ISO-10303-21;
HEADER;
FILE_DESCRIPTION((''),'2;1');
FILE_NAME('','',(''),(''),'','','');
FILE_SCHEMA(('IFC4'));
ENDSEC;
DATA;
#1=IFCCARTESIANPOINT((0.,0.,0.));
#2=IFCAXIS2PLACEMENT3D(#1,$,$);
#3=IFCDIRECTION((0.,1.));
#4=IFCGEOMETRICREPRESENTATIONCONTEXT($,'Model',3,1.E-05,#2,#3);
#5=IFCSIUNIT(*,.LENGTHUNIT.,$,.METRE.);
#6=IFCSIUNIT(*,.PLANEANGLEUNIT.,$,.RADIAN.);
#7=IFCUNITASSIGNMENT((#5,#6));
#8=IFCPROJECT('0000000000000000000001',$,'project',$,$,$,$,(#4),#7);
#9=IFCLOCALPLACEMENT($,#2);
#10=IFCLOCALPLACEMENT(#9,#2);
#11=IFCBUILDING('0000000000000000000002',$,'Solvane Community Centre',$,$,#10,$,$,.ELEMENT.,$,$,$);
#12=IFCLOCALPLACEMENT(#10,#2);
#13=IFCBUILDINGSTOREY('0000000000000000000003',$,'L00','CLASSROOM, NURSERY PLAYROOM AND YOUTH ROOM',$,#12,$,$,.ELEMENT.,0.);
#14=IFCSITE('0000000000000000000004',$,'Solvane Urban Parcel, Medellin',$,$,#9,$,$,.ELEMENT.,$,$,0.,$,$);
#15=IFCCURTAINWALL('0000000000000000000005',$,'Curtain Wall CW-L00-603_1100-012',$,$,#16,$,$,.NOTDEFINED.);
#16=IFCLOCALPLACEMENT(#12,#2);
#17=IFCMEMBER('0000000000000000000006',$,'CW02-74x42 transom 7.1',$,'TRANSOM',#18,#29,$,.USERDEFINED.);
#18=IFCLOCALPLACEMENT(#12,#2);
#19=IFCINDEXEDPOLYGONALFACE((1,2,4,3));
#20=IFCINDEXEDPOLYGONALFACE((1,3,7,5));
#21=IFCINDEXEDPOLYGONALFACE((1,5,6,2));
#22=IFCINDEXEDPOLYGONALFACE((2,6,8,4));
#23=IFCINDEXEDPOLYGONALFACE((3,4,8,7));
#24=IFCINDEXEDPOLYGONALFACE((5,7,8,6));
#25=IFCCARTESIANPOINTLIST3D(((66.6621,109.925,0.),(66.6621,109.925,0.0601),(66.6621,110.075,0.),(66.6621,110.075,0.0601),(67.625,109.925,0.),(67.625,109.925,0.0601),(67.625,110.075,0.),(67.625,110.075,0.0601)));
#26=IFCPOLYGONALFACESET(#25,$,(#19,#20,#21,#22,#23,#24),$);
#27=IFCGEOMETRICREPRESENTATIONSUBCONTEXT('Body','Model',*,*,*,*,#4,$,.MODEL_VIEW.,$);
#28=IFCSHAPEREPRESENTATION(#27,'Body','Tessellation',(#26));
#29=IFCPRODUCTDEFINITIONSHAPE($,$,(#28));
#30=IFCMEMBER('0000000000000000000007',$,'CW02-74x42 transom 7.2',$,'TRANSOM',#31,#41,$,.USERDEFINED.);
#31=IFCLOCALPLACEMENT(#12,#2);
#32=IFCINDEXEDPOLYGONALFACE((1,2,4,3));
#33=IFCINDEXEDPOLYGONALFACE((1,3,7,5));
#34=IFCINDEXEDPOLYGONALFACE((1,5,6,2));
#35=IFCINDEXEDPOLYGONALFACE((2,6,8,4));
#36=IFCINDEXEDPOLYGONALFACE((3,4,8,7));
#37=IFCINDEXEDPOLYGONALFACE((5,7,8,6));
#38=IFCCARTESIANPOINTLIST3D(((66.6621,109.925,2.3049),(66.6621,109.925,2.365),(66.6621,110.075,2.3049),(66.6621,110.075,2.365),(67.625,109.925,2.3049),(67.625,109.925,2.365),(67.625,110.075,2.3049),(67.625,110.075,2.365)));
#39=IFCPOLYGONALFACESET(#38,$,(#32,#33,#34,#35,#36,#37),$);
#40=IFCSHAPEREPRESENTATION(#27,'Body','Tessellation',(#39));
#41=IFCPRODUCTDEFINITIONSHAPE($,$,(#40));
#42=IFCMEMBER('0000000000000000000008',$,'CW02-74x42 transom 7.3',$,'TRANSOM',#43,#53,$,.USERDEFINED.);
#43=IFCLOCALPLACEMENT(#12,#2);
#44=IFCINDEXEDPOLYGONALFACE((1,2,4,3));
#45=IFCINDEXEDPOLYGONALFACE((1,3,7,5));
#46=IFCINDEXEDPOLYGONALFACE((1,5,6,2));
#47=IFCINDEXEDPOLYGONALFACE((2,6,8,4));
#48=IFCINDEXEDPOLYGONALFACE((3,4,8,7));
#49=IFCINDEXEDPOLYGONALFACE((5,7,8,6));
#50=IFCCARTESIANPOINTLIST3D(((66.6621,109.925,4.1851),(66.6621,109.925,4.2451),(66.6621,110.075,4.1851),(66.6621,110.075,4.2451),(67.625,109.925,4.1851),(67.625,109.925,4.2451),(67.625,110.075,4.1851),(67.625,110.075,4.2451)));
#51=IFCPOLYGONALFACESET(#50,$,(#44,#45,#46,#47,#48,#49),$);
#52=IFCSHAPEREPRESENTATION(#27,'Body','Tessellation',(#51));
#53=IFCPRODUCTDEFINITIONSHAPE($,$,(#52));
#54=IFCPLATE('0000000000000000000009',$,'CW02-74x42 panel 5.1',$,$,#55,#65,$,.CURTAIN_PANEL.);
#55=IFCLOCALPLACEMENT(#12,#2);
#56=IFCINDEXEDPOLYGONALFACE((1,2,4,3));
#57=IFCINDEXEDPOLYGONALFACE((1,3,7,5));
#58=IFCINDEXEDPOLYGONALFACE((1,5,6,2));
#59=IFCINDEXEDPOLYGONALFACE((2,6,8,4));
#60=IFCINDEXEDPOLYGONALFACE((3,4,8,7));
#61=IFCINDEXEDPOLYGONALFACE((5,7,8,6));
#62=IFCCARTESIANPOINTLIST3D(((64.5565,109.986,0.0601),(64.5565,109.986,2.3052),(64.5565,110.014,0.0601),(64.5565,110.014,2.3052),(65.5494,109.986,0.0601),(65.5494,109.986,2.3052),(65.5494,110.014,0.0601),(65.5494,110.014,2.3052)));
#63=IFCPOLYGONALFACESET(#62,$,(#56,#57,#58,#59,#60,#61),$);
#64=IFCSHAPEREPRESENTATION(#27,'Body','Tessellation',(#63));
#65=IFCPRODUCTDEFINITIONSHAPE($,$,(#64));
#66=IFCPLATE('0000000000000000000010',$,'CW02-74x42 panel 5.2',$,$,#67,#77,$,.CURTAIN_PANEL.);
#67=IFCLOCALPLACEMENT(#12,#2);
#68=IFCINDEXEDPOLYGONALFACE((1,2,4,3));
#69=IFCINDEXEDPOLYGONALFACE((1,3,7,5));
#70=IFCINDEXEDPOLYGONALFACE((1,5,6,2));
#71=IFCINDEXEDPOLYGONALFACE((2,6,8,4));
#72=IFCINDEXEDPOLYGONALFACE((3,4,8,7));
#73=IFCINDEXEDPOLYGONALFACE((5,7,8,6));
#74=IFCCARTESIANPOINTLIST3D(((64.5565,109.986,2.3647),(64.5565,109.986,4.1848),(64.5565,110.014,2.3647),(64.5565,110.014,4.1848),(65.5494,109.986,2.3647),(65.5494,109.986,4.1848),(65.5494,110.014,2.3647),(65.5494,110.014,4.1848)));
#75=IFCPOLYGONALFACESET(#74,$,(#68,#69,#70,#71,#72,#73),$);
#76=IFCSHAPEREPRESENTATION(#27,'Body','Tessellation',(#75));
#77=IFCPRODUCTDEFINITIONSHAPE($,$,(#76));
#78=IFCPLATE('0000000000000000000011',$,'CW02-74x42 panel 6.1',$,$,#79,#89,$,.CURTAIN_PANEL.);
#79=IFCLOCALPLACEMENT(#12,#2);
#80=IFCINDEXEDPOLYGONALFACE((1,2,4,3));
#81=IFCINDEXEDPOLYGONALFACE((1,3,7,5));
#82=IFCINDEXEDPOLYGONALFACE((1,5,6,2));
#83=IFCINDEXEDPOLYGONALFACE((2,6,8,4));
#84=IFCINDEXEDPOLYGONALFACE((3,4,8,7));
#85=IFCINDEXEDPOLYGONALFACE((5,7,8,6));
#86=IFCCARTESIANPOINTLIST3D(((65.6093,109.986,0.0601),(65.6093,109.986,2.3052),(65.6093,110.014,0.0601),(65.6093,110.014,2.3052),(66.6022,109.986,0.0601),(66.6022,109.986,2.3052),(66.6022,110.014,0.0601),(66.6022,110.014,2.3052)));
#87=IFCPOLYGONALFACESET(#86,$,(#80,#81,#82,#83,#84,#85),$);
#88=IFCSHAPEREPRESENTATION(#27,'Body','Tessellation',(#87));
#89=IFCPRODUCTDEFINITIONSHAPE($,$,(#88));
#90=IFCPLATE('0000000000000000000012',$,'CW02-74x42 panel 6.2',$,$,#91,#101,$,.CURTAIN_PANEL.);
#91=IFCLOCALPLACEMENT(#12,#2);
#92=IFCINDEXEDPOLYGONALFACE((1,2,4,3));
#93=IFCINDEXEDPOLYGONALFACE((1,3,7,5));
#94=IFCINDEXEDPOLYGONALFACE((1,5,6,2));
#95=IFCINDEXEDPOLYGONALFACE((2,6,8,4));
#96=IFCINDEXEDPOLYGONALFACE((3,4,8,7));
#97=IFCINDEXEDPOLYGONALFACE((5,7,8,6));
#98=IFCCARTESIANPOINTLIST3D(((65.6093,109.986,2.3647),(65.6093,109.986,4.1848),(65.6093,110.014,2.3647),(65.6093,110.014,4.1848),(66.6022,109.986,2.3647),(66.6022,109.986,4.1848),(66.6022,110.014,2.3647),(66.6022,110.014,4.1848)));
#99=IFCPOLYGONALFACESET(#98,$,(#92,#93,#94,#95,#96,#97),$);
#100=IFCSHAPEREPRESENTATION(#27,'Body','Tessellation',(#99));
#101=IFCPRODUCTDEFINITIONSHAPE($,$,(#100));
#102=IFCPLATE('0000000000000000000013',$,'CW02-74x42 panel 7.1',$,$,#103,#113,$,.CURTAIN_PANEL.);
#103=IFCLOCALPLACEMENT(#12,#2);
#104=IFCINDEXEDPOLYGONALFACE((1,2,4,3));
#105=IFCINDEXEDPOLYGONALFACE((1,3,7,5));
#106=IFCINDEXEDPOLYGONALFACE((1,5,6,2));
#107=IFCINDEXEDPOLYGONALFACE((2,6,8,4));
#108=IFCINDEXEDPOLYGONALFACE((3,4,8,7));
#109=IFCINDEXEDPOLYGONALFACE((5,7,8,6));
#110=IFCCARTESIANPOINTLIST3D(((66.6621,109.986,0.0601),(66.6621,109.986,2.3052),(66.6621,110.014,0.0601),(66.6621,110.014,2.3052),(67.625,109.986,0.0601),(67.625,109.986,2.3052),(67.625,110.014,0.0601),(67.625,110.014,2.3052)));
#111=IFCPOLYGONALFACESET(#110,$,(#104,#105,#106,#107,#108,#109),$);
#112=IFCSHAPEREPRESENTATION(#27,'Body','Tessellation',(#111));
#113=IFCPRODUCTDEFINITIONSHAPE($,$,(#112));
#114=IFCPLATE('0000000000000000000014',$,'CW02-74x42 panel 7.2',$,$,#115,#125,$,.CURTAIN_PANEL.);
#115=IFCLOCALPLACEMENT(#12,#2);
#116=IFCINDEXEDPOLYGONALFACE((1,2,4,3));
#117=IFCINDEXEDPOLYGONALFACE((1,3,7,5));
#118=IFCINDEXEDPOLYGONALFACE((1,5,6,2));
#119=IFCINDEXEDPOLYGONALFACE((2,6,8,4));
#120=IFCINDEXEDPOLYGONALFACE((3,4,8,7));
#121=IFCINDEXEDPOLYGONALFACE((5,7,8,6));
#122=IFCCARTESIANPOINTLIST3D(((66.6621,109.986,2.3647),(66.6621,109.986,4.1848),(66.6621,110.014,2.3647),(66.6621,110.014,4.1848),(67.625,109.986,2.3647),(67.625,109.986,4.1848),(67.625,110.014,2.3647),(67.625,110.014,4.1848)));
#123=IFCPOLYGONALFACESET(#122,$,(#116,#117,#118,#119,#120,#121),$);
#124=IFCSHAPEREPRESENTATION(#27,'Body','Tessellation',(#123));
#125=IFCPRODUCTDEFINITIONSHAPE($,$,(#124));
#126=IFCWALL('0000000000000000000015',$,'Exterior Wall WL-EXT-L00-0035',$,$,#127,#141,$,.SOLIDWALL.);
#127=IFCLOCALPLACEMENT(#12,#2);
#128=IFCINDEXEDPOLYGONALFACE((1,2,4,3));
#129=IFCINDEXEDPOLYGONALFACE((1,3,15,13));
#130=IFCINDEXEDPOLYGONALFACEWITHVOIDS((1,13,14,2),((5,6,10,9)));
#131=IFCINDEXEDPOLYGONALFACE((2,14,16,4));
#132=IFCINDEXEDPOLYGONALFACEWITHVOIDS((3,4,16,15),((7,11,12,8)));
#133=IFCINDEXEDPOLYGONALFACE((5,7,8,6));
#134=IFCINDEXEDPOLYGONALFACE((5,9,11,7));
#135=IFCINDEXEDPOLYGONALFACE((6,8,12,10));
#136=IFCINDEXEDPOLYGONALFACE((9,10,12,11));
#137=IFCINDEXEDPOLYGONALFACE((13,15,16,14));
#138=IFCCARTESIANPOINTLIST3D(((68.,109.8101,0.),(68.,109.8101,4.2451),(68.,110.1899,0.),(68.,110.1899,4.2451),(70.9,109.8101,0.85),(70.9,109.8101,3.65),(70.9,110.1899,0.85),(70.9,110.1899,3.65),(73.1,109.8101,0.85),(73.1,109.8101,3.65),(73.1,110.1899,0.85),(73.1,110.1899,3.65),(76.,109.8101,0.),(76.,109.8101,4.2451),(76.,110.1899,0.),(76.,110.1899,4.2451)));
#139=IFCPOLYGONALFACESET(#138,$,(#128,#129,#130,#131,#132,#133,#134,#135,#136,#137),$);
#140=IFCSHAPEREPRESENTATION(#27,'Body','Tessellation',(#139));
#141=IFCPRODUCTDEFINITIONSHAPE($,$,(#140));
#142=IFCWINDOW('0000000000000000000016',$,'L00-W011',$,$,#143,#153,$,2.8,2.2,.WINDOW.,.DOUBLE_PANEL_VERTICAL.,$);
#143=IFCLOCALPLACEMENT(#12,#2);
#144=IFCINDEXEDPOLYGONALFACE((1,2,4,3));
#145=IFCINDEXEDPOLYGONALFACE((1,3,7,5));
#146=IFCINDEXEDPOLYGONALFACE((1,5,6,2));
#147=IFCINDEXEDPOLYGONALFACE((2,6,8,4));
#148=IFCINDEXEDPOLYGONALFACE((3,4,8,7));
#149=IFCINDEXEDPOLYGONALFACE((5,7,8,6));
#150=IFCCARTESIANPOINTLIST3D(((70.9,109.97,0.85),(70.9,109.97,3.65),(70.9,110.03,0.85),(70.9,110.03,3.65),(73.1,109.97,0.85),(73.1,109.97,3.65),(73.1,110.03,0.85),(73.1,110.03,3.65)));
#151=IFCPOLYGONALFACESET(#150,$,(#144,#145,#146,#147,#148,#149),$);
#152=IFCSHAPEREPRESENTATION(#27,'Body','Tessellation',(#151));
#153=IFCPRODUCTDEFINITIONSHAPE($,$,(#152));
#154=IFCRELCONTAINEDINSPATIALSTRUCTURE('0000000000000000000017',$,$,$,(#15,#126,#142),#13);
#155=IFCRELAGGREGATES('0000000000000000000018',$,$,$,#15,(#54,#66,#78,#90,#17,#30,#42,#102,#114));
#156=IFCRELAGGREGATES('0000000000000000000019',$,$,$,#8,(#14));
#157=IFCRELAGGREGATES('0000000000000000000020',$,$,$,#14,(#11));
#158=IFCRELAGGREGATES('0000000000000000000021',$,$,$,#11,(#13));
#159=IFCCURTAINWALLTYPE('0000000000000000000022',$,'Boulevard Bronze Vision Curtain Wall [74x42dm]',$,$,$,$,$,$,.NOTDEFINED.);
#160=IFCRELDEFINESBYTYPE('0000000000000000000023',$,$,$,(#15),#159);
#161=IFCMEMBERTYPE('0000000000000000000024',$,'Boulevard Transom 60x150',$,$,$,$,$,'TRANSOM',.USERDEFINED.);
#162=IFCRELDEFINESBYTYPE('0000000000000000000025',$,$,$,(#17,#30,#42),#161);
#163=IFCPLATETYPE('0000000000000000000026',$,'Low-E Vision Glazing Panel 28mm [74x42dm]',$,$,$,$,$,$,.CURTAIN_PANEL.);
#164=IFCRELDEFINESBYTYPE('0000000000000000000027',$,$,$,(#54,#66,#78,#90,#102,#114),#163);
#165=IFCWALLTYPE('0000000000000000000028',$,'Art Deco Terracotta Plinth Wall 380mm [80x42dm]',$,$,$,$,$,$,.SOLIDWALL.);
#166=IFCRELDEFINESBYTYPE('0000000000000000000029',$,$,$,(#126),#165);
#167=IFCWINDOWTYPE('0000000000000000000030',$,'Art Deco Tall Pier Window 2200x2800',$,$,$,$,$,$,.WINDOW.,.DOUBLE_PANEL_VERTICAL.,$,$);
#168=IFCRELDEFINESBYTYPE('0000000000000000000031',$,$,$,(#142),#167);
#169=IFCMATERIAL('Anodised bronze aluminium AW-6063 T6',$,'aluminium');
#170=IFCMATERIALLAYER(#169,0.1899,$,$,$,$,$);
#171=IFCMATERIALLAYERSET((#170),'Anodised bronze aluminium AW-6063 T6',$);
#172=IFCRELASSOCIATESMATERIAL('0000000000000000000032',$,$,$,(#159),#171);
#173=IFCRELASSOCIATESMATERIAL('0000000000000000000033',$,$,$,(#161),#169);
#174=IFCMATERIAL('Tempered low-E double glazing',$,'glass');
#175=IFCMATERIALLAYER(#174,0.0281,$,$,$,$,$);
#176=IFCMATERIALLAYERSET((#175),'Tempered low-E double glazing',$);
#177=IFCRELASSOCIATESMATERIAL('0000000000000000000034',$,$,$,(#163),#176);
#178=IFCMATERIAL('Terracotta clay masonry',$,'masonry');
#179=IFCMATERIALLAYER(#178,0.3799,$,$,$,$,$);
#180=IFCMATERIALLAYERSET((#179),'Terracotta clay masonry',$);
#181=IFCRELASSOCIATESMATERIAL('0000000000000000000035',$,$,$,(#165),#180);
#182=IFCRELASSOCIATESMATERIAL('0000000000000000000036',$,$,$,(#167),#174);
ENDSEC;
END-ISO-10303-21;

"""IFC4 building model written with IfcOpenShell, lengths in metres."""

from ifc_helpers import new_model, si_unit, direction, frame, frame_2d, origin, origin_2d, place, context, subcontext, project, spatial, rectangle, extrude, material, layer, layer_set, material_profile, profile_set, type_object, element, fill, aggregate, save


model = new_model("IFC4")

# Units and contexts
model_context = context("Model", 3, precision=1e-05, world=origin(), true_north=direction((0.0, 1.0)))
body_context = subcontext(model_context, "Body", "Model", "MODEL_VIEW")
ifc_project = project(units=[si_unit("LENGTHUNIT", "METRE"), si_unit("PLANEANGLEUNIT", "RADIAN")], contexts=[model_context])

# Site, building, storey
site_placement = place(None, origin())
site = spatial("IfcSite", under=ifc_project, at=site_placement, Name="Solvane Urban Parcel, Medellin", CompositionType="ELEMENT", RefElevation=0.0)
building_placement = place(site_placement, origin())
building = spatial("IfcBuilding", under=site, at=building_placement, Name="Solvane Community Centre", CompositionType="ELEMENT")
storey_placement = place(building_placement, origin())
storey = spatial("IfcBuildingStorey", under=building, at=storey_placement, Name="L00", Description="CLASSROOM, NURSERY PLAYROOM AND YOUTH ROOM", CompositionType="ELEMENT", Elevation=0.0)

# Curtain wall, members, plates
ifc_material_1 = material(Name="Anodised bronze aluminium AW-6063 T6", Category="aluminium")
ifc_layer_1 = layer(ifc_material_1, 0.1899)
ifc_layer_set_1 = layer_set([ifc_layer_1], Name="Anodised bronze aluminium AW-6063 T6")
curtain_wall_type = type_object("IfcCurtainWallType", Name="Boulevard Bronze Vision Curtain Wall [74x42dm]", PredefinedType="NOTDEFINED", material=ifc_layer_set_1)
curtain_wall_placement = place(storey_placement, origin())
curtain_wall = element("IfcCurtainWall", 1, at=curtain_wall_placement, inside=storey, type_object=curtain_wall_type, Name="Curtain Wall CW-L00-603_1100-012", PredefinedType="NOTDEFINED")
ifc_material_profile_1 = material_profile(ifc_material_1, rectangle(XDim=0.1499, YDim=0.0601, at=origin_2d()), Name="CW-T 60x150")
ifc_profile_set_1 = profile_set([ifc_material_profile_1], Name="Anodised bronze aluminium AW-6063 T6")
member_type_1 = type_object("IfcMemberType", Name="Boulevard Transom 60x150", ElementType="TRANSOM", PredefinedType="USERDEFINED", material=ifc_profile_set_1)
member_1_placement = place(storey_placement, frame((66.6621, 110.0, 0.03), z_axis=(1.0, 0.0, 0.0), x_axis=(0.0, 1.0, 0.0)))
member_1 = element("IfcMember", 2, at=member_1_placement, type_object=member_type_1, Name="CW02-74x42 transom 7.1", ObjectType="TRANSOM", PredefinedType="USERDEFINED", context=body_context, shape_type="SweptSolid", body=[
    extrude(rectangle(XDim=0.1499, YDim=0.0601, at=origin_2d()), origin(), (0.0, 0.0, 1.0), 0.9629),
])
member_2_placement = place(storey_placement, frame((66.6621, 110.0, 2.335), z_axis=(1.0, 0.0, 0.0), x_axis=(0.0, 1.0, 0.0)))
member_2 = element("IfcMember", 3, at=member_2_placement, type_object=member_type_1, Name="CW02-74x42 transom 7.2", ObjectType="TRANSOM", PredefinedType="USERDEFINED", context=body_context, shape_type="SweptSolid", body=[
    extrude(rectangle(XDim=0.1499, YDim=0.0601, at=origin_2d()), origin(), (0.0, 0.0, 1.0), 0.9629),
])
member_3_placement = place(storey_placement, frame((66.6621, 110.0, 4.2151), z_axis=(1.0, 0.0, 0.0), x_axis=(0.0, 1.0, 0.0)))
member_3 = element("IfcMember", 4, at=member_3_placement, type_object=member_type_1, Name="CW02-74x42 transom 7.3", ObjectType="TRANSOM", PredefinedType="USERDEFINED", context=body_context, shape_type="SweptSolid", body=[
    extrude(rectangle(XDim=0.1499, YDim=0.0601, at=origin_2d()), origin(), (0.0, 0.0, 1.0), 0.9629),
])
ifc_material_2 = material(Name="Tempered low-E double glazing", Category="glass")
ifc_layer_2 = layer(ifc_material_2, 0.0281)
ifc_layer_set_2 = layer_set([ifc_layer_2], Name="Tempered low-E double glazing")
plate_type = type_object("IfcPlateType", Name="Low-E Vision Glazing Panel 28mm [74x42dm]", PredefinedType="CURTAIN_PANEL", material=ifc_layer_set_2)
plate_1_placement = place(storey_placement, frame((65.053, 110.0, 0.0601), z_axis=(0.0, 0.0, 1.0), x_axis=(1.0, 0.0, 0.0)))
plate_1 = element("IfcPlate", 5, at=plate_1_placement, type_object=plate_type, Name="CW02-74x42 panel 5.1", PredefinedType="CURTAIN_PANEL", context=body_context, shape_type="SweptSolid", body=[
    extrude(rectangle(XDim=0.9929, YDim=0.0281, at=origin_2d()), origin(), (0.0, 0.0, 1.0), 2.2451),
])
plate_2_placement = place(storey_placement, frame((65.053, 110.0, 2.3647), z_axis=(0.0, 0.0, 1.0), x_axis=(1.0, 0.0, 0.0)))
plate_2 = element("IfcPlate", 6, at=plate_2_placement, type_object=plate_type, Name="CW02-74x42 panel 5.2", PredefinedType="CURTAIN_PANEL", context=body_context, shape_type="SweptSolid", body=[
    extrude(rectangle(XDim=0.9929, YDim=0.0281, at=origin_2d()), origin(), (0.0, 0.0, 1.0), 1.8201),
])
plate_3_placement = place(storey_placement, frame((66.1057, 110.0, 0.0601), z_axis=(0.0, 0.0, 1.0), x_axis=(1.0, 0.0, 0.0)))
plate_3 = element("IfcPlate", 7, at=plate_3_placement, type_object=plate_type, Name="CW02-74x42 panel 6.1", PredefinedType="CURTAIN_PANEL", context=body_context, shape_type="SweptSolid", body=[
    extrude(rectangle(XDim=0.9929, YDim=0.0281, at=origin_2d()), origin(), (0.0, 0.0, 1.0), 2.2451),
])
plate_4_placement = place(storey_placement, frame((66.1057, 110.0, 2.3647), z_axis=(0.0, 0.0, 1.0), x_axis=(1.0, 0.0, 0.0)))
plate_4 = element("IfcPlate", 8, at=plate_4_placement, type_object=plate_type, Name="CW02-74x42 panel 6.2", PredefinedType="CURTAIN_PANEL", context=body_context, shape_type="SweptSolid", body=[
    extrude(rectangle(XDim=0.9929, YDim=0.0281, at=origin_2d()), origin(), (0.0, 0.0, 1.0), 1.8201),
])
plate_5_placement = place(storey_placement, frame((67.1436, 110.0, 0.0601), z_axis=(0.0, 0.0, 1.0), x_axis=(1.0, 0.0, 0.0)))
plate_5 = element("IfcPlate", 9, at=plate_5_placement, type_object=plate_type, Name="CW02-74x42 panel 7.1", PredefinedType="CURTAIN_PANEL", context=body_context, shape_type="SweptSolid", body=[
    extrude(rectangle(XDim=0.9629, YDim=0.0281, at=origin_2d()), origin(), (0.0, 0.0, 1.0), 2.2451),
])
plate_6_placement = place(storey_placement, frame((67.1436, 110.0, 2.3647), z_axis=(0.0, 0.0, 1.0), x_axis=(1.0, 0.0, 0.0)))
plate_6 = element("IfcPlate", 10, at=plate_6_placement, type_object=plate_type, Name="CW02-74x42 panel 7.2", PredefinedType="CURTAIN_PANEL", context=body_context, shape_type="SweptSolid", body=[
    extrude(rectangle(XDim=0.9629, YDim=0.0281, at=origin_2d()), origin(), (0.0, 0.0, 1.0), 1.8201),
])
aggregate(curtain_wall, [plate_1, plate_2, plate_3, plate_4, member_1, member_2, member_3, plate_5, plate_6])

# Wall, opening, window
ifc_material_3 = material(Name="Terracotta clay masonry", Category="masonry")
ifc_layer_3 = layer(ifc_material_3, 0.3799)
ifc_layer_set_3 = layer_set([ifc_layer_3], Name="Terracotta clay masonry")
wall_type = type_object("IfcWallType", Name="Art Deco Terracotta Plinth Wall 380mm [80x42dm]", PredefinedType="SOLIDWALL", material=ifc_layer_set_3)
wall_placement = place(storey_placement, frame((68.0, 110.0, 0.0), z_axis=(0.0, 0.0, 1.0), x_axis=(1.0, 0.0, 0.0)))
wall = element("IfcWall", 11, at=wall_placement, inside=storey, type_object=wall_type, Name="Exterior Wall WL-EXT-L00-0035", PredefinedType="SOLIDWALL", context=body_context, shape_type="SweptSolid", body=[
    extrude(rectangle(XDim=8.0, YDim=0.3799, at=frame_2d((4.0, 0.0))), origin(), (0.0, 0.0, 1.0), 4.2451),
])
opening_placement = place(wall_placement, frame((2.8999, 0.0, 0.8501)))
opening = element("IfcOpeningElement", 12, at=opening_placement, cuts=wall, PredefinedType="OPENING", context=body_context, shape_type="SweptSolid", body=[
    extrude(rectangle(XDim=2.2, YDim=2.8, at=frame_2d((1.1001, 1.3999))), frame((0.0, 0.2, 0.0), z_axis=(0.0, -1.0, 0.0), x_axis=(1.0, 0.0, 0.0)), (0.0, 0.0, 1.0), 0.3999),
])
window_type = type_object("IfcWindowType", Name="Art Deco Tall Pier Window 2200x2800", PartitioningType="DOUBLE_PANEL_VERTICAL", PredefinedType="WINDOW", material=ifc_material_2)
window_placement = place(opening_placement, origin())
window = element("IfcWindow", 13, at=window_placement, inside=storey, type_object=window_type, Name="L00-W011", OverallHeight=2.8, OverallWidth=2.2, PartitioningType="DOUBLE_PANEL_VERTICAL", PredefinedType="WINDOW", context=body_context, shape_type="SweptSolid", body=[
    extrude(rectangle(XDim=2.2, YDim=2.8, at=frame_2d((1.1001, 1.3999))), frame((0.0, 0.03, 0.0), z_axis=(0.0, -1.0, 0.0), x_axis=(1.0, 0.0, 0.0)), (0.0, 0.0, 1.0), 0.0601),
])
fill(opening, window)

save(model, "model.ifc")
